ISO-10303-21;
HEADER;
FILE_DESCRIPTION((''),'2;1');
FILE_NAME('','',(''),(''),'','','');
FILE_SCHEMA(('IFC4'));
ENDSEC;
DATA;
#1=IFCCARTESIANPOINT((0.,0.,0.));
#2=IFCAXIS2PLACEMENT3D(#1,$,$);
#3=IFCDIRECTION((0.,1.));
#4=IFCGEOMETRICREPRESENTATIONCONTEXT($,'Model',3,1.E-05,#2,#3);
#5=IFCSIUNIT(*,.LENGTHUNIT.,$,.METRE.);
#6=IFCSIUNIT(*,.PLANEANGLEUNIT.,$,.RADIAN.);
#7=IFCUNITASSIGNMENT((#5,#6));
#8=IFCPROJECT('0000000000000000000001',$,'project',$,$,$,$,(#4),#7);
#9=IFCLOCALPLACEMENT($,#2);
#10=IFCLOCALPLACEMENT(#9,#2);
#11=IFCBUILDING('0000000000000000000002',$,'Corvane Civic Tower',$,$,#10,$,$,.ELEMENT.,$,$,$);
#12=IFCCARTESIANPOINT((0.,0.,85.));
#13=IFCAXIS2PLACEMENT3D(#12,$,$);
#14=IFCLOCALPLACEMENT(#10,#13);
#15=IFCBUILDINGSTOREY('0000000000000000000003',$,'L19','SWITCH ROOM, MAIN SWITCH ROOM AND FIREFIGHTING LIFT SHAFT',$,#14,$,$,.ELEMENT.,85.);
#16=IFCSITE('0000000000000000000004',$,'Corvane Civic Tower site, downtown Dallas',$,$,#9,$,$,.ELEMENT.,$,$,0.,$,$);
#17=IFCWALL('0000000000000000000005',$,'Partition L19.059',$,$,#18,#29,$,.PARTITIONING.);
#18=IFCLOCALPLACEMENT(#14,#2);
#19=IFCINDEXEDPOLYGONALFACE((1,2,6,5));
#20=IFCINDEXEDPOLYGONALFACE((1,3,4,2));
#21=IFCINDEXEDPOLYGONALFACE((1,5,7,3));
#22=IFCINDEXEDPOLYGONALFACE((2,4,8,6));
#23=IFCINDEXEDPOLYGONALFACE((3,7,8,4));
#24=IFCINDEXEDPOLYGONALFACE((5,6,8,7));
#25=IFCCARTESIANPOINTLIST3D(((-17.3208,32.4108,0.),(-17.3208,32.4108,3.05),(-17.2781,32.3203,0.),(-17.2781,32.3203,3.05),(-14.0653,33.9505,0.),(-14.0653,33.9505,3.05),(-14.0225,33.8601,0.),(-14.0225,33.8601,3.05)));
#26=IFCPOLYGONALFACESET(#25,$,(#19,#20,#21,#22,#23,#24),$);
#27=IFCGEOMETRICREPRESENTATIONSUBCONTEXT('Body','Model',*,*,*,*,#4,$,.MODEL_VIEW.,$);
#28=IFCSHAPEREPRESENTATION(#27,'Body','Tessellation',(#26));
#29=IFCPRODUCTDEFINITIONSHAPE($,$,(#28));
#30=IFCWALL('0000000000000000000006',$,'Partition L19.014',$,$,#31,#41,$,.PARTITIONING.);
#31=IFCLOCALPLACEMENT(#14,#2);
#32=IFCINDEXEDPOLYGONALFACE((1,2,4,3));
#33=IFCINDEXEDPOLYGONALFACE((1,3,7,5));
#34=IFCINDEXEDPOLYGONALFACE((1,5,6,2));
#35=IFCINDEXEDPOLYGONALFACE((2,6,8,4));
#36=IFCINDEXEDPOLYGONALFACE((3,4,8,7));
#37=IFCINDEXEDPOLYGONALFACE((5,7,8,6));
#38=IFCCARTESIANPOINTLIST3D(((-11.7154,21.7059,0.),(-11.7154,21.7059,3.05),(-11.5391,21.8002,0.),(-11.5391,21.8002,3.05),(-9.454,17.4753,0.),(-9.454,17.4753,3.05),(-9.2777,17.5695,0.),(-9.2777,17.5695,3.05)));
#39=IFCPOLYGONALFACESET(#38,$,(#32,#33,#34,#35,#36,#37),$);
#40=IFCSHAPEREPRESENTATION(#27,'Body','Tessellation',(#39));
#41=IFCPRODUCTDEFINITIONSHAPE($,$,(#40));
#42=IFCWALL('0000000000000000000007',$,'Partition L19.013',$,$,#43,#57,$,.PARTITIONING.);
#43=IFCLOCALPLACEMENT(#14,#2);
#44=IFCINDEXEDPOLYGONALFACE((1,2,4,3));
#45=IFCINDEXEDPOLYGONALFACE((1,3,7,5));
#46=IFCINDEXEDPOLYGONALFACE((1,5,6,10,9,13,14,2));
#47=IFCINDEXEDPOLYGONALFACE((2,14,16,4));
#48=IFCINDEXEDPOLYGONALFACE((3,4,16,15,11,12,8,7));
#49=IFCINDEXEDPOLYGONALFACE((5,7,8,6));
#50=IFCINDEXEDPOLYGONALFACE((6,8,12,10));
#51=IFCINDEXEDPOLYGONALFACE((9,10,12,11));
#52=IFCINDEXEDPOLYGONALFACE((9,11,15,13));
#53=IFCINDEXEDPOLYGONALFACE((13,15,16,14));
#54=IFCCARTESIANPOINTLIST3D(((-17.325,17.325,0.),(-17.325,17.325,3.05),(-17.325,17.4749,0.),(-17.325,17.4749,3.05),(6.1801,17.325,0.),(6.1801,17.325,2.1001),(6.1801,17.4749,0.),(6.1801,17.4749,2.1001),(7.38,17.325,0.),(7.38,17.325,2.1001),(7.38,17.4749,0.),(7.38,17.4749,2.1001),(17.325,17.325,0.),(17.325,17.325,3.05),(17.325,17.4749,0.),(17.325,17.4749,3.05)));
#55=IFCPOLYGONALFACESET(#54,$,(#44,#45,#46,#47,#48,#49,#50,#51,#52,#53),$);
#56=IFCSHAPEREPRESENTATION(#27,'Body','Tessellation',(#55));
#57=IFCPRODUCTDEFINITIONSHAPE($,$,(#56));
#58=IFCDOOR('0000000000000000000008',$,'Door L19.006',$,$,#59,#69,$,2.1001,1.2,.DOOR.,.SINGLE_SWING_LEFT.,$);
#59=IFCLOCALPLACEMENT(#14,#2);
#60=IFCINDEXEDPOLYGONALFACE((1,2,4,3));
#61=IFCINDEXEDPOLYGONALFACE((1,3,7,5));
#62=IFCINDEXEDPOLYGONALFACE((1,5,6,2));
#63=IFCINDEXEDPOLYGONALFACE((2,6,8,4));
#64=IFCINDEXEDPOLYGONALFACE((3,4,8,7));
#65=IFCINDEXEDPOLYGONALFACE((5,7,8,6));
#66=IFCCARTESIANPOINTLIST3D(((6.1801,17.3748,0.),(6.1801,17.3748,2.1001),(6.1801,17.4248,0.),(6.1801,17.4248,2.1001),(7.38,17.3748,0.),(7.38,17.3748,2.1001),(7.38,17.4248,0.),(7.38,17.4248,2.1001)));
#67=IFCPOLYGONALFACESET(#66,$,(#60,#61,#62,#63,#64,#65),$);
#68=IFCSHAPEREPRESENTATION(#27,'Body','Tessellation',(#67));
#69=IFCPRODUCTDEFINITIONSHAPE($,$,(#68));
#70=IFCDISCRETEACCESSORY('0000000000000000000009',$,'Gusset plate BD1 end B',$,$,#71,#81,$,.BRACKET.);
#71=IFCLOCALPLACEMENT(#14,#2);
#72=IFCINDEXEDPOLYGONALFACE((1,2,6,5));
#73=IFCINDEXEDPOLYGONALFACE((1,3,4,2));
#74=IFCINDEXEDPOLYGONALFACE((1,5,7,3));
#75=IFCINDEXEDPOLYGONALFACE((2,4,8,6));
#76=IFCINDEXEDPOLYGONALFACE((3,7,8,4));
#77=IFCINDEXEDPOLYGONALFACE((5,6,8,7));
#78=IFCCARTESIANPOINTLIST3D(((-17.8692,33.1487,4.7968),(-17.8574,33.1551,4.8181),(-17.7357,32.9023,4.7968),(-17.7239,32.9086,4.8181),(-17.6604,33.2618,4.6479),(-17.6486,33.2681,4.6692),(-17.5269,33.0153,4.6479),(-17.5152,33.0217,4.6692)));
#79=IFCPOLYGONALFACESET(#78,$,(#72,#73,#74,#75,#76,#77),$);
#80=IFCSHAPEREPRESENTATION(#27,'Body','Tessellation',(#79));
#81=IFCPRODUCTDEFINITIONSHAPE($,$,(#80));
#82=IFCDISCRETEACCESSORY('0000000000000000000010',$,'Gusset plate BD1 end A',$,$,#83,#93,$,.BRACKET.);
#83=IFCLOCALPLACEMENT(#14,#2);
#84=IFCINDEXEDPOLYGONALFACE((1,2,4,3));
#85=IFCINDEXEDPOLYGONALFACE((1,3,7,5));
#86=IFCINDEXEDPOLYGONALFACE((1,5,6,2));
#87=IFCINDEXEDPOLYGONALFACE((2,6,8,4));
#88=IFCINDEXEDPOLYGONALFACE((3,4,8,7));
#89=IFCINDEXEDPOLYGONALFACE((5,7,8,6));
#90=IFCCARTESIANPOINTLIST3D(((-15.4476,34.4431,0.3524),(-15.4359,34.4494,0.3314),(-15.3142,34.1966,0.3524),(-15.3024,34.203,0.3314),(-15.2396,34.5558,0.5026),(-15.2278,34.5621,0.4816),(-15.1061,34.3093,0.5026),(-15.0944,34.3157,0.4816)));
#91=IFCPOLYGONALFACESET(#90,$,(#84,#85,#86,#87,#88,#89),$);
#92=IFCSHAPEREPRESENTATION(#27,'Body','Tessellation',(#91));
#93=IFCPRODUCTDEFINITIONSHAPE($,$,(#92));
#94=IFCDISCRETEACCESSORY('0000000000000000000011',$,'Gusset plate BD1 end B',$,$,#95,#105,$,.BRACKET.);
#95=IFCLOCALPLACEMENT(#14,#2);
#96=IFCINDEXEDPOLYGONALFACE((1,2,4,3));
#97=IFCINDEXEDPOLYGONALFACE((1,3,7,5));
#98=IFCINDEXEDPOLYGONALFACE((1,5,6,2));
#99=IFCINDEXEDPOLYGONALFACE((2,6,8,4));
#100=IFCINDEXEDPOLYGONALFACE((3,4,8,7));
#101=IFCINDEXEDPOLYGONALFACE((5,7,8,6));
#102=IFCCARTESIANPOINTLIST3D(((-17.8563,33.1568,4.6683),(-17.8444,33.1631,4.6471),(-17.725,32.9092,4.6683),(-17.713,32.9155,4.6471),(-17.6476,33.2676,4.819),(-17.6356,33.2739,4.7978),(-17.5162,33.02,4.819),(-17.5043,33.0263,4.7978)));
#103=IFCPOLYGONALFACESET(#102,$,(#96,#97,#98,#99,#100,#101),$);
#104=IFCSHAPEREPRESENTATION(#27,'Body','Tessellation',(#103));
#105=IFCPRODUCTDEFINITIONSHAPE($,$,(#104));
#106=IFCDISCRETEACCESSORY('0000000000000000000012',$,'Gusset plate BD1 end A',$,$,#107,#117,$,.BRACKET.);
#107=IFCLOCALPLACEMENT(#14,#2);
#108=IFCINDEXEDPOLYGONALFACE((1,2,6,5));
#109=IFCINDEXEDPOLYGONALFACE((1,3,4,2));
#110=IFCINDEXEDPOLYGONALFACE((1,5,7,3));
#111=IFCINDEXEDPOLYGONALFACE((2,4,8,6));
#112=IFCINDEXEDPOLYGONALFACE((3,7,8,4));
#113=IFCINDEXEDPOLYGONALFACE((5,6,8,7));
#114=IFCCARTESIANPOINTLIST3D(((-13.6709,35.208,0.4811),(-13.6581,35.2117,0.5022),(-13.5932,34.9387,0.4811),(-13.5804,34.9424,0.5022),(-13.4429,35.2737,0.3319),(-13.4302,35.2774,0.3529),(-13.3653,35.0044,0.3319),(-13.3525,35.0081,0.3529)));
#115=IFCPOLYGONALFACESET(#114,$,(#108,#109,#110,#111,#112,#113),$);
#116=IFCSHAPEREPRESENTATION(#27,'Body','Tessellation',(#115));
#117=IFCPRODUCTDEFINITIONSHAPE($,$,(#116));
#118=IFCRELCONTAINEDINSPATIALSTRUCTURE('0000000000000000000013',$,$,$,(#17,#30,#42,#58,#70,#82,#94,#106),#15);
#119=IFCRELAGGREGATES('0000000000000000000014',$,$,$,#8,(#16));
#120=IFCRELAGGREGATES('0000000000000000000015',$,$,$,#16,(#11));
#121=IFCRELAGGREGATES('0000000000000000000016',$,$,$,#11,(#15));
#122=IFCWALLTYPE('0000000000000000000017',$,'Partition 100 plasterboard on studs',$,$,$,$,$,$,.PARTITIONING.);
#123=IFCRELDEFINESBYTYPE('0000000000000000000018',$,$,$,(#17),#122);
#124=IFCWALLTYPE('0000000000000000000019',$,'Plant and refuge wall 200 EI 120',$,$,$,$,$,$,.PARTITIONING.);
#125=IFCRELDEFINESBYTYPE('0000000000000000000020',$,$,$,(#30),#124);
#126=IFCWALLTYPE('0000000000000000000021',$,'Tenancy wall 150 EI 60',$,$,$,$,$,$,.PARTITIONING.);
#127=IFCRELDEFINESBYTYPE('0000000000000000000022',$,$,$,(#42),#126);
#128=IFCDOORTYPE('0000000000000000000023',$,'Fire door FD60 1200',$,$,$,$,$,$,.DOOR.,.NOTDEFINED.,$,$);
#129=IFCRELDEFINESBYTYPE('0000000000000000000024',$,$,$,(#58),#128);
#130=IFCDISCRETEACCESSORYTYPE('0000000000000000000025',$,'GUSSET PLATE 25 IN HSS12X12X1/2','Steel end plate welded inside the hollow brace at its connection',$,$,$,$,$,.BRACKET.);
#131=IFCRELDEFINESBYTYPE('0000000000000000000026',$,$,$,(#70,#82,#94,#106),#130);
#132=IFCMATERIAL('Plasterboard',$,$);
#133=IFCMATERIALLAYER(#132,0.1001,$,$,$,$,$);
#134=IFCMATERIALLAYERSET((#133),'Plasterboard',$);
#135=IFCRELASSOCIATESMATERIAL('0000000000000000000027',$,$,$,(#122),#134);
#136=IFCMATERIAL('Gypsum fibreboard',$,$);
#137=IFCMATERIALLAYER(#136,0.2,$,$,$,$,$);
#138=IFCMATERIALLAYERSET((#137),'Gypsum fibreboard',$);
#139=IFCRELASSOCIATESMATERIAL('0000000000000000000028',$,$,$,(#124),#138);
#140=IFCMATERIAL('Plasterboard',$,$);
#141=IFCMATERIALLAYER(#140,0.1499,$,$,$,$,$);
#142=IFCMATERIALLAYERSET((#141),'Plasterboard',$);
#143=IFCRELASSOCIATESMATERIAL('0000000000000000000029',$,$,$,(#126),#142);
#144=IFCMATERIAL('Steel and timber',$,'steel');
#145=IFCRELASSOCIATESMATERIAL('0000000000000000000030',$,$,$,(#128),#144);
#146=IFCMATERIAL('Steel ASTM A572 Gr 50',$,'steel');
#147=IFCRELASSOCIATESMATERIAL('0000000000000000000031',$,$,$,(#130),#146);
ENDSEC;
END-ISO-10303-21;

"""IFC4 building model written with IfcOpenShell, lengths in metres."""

from ifc_helpers import new_model, si_unit, direction, frame, frame_2d, origin, origin_2d, place, context, subcontext, project, spatial, rectangle, extrude, material, layer, layer_set, material_profile, profile_set, type_object, element, fill, save


model = new_model("IFC4")

# Units and contexts
model_context = context("Model", 3, precision=1e-05, world=origin(), true_north=direction((0.0, 1.0)))
body_context = subcontext(model_context, "Body", "Model", "MODEL_VIEW")
ifc_project = project(units=[si_unit("LENGTHUNIT", "METRE"), si_unit("PLANEANGLEUNIT", "RADIAN")], contexts=[model_context])

# Site, building, storey
site_placement = place(None, origin())
site = spatial("IfcSite", under=ifc_project, at=site_placement, Name="Corvane Civic Tower site, downtown Dallas", CompositionType="ELEMENT", RefElevation=0.0)
building_placement = place(site_placement, origin())
building = spatial("IfcBuilding", under=site, at=building_placement, Name="Corvane Civic Tower", CompositionType="ELEMENT")
storey_placement = place(building_placement, frame((0.0, 0.0, 85.0)))
storey = spatial("IfcBuildingStorey", under=building, at=storey_placement, Name="L19", Description="SWITCH ROOM, MAIN SWITCH ROOM AND FIREFIGHTING LIFT SHAFT", CompositionType="ELEMENT", Elevation=85.0)

# Walls
ifc_material_1 = material(Name="Plasterboard")
ifc_layer_1 = layer(ifc_material_1, 0.1001)
ifc_layer_set_1 = layer_set([ifc_layer_1], Name="Plasterboard")
wall_type_1 = type_object("IfcWallType", Name="Partition 100 plasterboard on studs", PredefinedType="PARTITIONING", material=ifc_layer_set_1)
for number, where, z_axis, x_axis, name in (
    (1, (-17.2996, 32.3655, 0.0), (0.0, 0.0, 1.0), (0.903989, 0.427556, 0.0), "Partition L19.059"),
):
    element("IfcWall", number, at=place(storey_placement, frame(where, z_axis=z_axis, x_axis=x_axis)), inside=storey, type_object=wall_type_1, Name=name, PredefinedType="PARTITIONING", context=body_context, shape_type="SweptSolid", body=[
        extrude(rectangle(XDim=3.6013, YDim=0.1001, at=frame_2d((1.8008, 0.0))), origin(), (0.0, 0.0, 1.0), 3.05),
    ])
ifc_material_2 = material(Name="Gypsum fibreboard")
ifc_layer_2 = layer(ifc_material_2, 0.2)
ifc_layer_set_2 = layer_set([ifc_layer_2], Name="Gypsum fibreboard")
wall_type_2 = type_object("IfcWallType", Name="Plant and refuge wall 200 EI 120", PredefinedType="PARTITIONING", material=ifc_layer_set_2)
wall_1_placement = place(storey_placement, frame((-11.6272, 21.7529, 0.0), z_axis=(0.0, 0.0, 1.0), x_axis=(0.471415, -0.881912, 0.0)))
element("IfcWall", 2, at=wall_1_placement, inside=storey, type_object=wall_type_2, Name="Partition L19.014", PredefinedType="PARTITIONING", context=body_context, shape_type="SweptSolid", body=[
    extrude(rectangle(XDim=4.7971, YDim=0.2, at=frame_2d((2.3984, 0.0))), origin(), (0.0, 0.0, 1.0), 3.05),
])

# Wall, opening, door
ifc_material_3 = material(Name="Plasterboard")
ifc_layer_3 = layer(ifc_material_3, 0.1499)
ifc_layer_set_3 = layer_set([ifc_layer_3], Name="Plasterboard")
wall_type_3 = type_object("IfcWallType", Name="Tenancy wall 150 EI 60", PredefinedType="PARTITIONING", material=ifc_layer_set_3)
wall_2_placement = place(storey_placement, frame((-17.325, 17.3999, 0.0), z_axis=(0.0, 0.0, 1.0), x_axis=(1.0, 0.0, 0.0)))
wall_2 = element("IfcWall", 3, at=wall_2_placement, inside=storey, type_object=wall_type_3, Name="Partition L19.013", PredefinedType="PARTITIONING", context=body_context, shape_type="SweptSolid", body=[
    extrude(rectangle(XDim=34.6499, YDim=0.1499, at=frame_2d((17.325, 0.0))), origin(), (0.0, 0.0, 1.0), 3.05),
])
opening_placement = place(wall_2_placement, frame((23.5049, 0.0, 0.0)))
opening = element("IfcOpeningElement", 4, at=opening_placement, cuts=wall_2, PredefinedType="OPENING", context=body_context, shape_type="SweptSolid", body=[
    extrude(rectangle(XDim=1.2, YDim=2.1001, at=frame_2d((0.6001, 1.05))), frame((0.0, 0.085, 0.0), z_axis=(0.0, -1.0, 0.0), x_axis=(1.0, 0.0, 0.0)), (0.0, 0.0, 1.0), 0.1699),
])
ifc_material_4 = material(Name="Steel and timber", Category="steel")
door_type = type_object("IfcDoorType", Name="Fire door FD60 1200", OperationType="NOTDEFINED", PredefinedType="DOOR", material=ifc_material_4)
door_placement = place(opening_placement, origin())
door = element("IfcDoor", 5, at=door_placement, inside=storey, type_object=door_type, Name="Door L19.006", OperationType="SINGLE_SWING_LEFT", OverallHeight=2.1001, OverallWidth=1.2, PredefinedType="DOOR", context=body_context, shape_type="SweptSolid", body=[
    extrude(rectangle(XDim=1.2, YDim=2.1001, at=frame_2d((0.6001, 1.05))), frame((0.0, 0.0249, 0.0), z_axis=(0.0, -1.0, 0.0), x_axis=(1.0, 0.0, 0.0)), (0.0, 0.0, 1.0), 0.05),
])
fill(opening, door)

# Discrete accessories
ifc_material_5 = material(Name="Steel ASTM A572 Gr 50", Category="steel")
ifc_material_profile_1 = material_profile(ifc_material_5, rectangle(XDim=0.2803, YDim=0.2803, at=origin_2d()), Name="GUSSET PLATE 25 IN HSS12X12X1/2")
ifc_profile_set_1 = profile_set([ifc_material_profile_1], Name="Steel ASTM A572 Gr 50")
discrete_accessory_type = type_object("IfcDiscreteAccessoryType", Name="GUSSET PLATE 25 IN HSS12X12X1/2", Description="Steel end plate welded inside the hollow brace at its connection", PredefinedType="BRACKET", material=ifc_profile_set_1)
discrete_accessory_1_placement = place(storey_placement, frame((-17.6863, 33.0884, 4.7437), z_axis=(-0.467343, -0.253144, -0.847059), x_axis=(0.476283, -0.879292, 0.0)))
element("IfcDiscreteAccessory", 6, at=discrete_accessory_1_placement, inside=storey, type_object=discrete_accessory_type, Name="Gusset plate BD1 end B", PredefinedType="BRACKET", context=body_context, shape_type="SweptSolid", body=[
    extrude(rectangle(XDim=0.2803, YDim=0.2803, at=origin_2d()), origin(), (0.0, 0.0, 1.0), 0.0251),
])
discrete_accessory_2_placement = place(storey_placement, frame((-15.2651, 34.3826, 0.4065), z_axis=(-0.471223, -0.255246, 0.844274), x_axis=(0.476283, -0.879292, 0.0)))
element("IfcDiscreteAccessory", 7, at=discrete_accessory_2_placement, inside=storey, type_object=discrete_accessory_type, Name="Gusset plate BD1 end A", PredefinedType="BRACKET", context=body_context, shape_type="SweptSolid", body=[
    extrude(rectangle(XDim=0.2803, YDim=0.2803, at=origin_2d()), origin(), (0.0, 0.0, 1.0), 0.0249),
])
discrete_accessory_3_placement = place(storey_placement, frame((-17.6863, 33.0884, 4.7437), z_axis=(0.474901, 0.251988, -0.843191), x_axis=(-0.468716, 0.883349, 0.0)))
element("IfcDiscreteAccessory", 8, at=discrete_accessory_3_placement, inside=storey, type_object=discrete_accessory_type, Name="Gusset plate BD1 end B", PredefinedType="BRACKET", context=body_context, shape_type="SweptSolid", body=[
    extrude(rectangle(XDim=0.2803, YDim=0.2803, at=origin_2d()), origin(), (0.0, 0.0, 1.0), 0.0251),
])
discrete_accessory_4_placement = place(storey_placement, frame((-13.5181, 35.1062, 0.4065), z_axis=(0.511751, 0.14762, 0.846357), x_axis=(-0.277161, 0.960824, 0.0)))
element("IfcDiscreteAccessory", 9, at=discrete_accessory_4_placement, inside=storey, type_object=discrete_accessory_type, Name="Gusset plate BD1 end A", PredefinedType="BRACKET", context=body_context, shape_type="SweptSolid", body=[
    extrude(rectangle(XDim=0.2803, YDim=0.2803, at=origin_2d()), origin(), (0.0, 0.0, 1.0), 0.0249),
])

save(model, "model.ifc")
